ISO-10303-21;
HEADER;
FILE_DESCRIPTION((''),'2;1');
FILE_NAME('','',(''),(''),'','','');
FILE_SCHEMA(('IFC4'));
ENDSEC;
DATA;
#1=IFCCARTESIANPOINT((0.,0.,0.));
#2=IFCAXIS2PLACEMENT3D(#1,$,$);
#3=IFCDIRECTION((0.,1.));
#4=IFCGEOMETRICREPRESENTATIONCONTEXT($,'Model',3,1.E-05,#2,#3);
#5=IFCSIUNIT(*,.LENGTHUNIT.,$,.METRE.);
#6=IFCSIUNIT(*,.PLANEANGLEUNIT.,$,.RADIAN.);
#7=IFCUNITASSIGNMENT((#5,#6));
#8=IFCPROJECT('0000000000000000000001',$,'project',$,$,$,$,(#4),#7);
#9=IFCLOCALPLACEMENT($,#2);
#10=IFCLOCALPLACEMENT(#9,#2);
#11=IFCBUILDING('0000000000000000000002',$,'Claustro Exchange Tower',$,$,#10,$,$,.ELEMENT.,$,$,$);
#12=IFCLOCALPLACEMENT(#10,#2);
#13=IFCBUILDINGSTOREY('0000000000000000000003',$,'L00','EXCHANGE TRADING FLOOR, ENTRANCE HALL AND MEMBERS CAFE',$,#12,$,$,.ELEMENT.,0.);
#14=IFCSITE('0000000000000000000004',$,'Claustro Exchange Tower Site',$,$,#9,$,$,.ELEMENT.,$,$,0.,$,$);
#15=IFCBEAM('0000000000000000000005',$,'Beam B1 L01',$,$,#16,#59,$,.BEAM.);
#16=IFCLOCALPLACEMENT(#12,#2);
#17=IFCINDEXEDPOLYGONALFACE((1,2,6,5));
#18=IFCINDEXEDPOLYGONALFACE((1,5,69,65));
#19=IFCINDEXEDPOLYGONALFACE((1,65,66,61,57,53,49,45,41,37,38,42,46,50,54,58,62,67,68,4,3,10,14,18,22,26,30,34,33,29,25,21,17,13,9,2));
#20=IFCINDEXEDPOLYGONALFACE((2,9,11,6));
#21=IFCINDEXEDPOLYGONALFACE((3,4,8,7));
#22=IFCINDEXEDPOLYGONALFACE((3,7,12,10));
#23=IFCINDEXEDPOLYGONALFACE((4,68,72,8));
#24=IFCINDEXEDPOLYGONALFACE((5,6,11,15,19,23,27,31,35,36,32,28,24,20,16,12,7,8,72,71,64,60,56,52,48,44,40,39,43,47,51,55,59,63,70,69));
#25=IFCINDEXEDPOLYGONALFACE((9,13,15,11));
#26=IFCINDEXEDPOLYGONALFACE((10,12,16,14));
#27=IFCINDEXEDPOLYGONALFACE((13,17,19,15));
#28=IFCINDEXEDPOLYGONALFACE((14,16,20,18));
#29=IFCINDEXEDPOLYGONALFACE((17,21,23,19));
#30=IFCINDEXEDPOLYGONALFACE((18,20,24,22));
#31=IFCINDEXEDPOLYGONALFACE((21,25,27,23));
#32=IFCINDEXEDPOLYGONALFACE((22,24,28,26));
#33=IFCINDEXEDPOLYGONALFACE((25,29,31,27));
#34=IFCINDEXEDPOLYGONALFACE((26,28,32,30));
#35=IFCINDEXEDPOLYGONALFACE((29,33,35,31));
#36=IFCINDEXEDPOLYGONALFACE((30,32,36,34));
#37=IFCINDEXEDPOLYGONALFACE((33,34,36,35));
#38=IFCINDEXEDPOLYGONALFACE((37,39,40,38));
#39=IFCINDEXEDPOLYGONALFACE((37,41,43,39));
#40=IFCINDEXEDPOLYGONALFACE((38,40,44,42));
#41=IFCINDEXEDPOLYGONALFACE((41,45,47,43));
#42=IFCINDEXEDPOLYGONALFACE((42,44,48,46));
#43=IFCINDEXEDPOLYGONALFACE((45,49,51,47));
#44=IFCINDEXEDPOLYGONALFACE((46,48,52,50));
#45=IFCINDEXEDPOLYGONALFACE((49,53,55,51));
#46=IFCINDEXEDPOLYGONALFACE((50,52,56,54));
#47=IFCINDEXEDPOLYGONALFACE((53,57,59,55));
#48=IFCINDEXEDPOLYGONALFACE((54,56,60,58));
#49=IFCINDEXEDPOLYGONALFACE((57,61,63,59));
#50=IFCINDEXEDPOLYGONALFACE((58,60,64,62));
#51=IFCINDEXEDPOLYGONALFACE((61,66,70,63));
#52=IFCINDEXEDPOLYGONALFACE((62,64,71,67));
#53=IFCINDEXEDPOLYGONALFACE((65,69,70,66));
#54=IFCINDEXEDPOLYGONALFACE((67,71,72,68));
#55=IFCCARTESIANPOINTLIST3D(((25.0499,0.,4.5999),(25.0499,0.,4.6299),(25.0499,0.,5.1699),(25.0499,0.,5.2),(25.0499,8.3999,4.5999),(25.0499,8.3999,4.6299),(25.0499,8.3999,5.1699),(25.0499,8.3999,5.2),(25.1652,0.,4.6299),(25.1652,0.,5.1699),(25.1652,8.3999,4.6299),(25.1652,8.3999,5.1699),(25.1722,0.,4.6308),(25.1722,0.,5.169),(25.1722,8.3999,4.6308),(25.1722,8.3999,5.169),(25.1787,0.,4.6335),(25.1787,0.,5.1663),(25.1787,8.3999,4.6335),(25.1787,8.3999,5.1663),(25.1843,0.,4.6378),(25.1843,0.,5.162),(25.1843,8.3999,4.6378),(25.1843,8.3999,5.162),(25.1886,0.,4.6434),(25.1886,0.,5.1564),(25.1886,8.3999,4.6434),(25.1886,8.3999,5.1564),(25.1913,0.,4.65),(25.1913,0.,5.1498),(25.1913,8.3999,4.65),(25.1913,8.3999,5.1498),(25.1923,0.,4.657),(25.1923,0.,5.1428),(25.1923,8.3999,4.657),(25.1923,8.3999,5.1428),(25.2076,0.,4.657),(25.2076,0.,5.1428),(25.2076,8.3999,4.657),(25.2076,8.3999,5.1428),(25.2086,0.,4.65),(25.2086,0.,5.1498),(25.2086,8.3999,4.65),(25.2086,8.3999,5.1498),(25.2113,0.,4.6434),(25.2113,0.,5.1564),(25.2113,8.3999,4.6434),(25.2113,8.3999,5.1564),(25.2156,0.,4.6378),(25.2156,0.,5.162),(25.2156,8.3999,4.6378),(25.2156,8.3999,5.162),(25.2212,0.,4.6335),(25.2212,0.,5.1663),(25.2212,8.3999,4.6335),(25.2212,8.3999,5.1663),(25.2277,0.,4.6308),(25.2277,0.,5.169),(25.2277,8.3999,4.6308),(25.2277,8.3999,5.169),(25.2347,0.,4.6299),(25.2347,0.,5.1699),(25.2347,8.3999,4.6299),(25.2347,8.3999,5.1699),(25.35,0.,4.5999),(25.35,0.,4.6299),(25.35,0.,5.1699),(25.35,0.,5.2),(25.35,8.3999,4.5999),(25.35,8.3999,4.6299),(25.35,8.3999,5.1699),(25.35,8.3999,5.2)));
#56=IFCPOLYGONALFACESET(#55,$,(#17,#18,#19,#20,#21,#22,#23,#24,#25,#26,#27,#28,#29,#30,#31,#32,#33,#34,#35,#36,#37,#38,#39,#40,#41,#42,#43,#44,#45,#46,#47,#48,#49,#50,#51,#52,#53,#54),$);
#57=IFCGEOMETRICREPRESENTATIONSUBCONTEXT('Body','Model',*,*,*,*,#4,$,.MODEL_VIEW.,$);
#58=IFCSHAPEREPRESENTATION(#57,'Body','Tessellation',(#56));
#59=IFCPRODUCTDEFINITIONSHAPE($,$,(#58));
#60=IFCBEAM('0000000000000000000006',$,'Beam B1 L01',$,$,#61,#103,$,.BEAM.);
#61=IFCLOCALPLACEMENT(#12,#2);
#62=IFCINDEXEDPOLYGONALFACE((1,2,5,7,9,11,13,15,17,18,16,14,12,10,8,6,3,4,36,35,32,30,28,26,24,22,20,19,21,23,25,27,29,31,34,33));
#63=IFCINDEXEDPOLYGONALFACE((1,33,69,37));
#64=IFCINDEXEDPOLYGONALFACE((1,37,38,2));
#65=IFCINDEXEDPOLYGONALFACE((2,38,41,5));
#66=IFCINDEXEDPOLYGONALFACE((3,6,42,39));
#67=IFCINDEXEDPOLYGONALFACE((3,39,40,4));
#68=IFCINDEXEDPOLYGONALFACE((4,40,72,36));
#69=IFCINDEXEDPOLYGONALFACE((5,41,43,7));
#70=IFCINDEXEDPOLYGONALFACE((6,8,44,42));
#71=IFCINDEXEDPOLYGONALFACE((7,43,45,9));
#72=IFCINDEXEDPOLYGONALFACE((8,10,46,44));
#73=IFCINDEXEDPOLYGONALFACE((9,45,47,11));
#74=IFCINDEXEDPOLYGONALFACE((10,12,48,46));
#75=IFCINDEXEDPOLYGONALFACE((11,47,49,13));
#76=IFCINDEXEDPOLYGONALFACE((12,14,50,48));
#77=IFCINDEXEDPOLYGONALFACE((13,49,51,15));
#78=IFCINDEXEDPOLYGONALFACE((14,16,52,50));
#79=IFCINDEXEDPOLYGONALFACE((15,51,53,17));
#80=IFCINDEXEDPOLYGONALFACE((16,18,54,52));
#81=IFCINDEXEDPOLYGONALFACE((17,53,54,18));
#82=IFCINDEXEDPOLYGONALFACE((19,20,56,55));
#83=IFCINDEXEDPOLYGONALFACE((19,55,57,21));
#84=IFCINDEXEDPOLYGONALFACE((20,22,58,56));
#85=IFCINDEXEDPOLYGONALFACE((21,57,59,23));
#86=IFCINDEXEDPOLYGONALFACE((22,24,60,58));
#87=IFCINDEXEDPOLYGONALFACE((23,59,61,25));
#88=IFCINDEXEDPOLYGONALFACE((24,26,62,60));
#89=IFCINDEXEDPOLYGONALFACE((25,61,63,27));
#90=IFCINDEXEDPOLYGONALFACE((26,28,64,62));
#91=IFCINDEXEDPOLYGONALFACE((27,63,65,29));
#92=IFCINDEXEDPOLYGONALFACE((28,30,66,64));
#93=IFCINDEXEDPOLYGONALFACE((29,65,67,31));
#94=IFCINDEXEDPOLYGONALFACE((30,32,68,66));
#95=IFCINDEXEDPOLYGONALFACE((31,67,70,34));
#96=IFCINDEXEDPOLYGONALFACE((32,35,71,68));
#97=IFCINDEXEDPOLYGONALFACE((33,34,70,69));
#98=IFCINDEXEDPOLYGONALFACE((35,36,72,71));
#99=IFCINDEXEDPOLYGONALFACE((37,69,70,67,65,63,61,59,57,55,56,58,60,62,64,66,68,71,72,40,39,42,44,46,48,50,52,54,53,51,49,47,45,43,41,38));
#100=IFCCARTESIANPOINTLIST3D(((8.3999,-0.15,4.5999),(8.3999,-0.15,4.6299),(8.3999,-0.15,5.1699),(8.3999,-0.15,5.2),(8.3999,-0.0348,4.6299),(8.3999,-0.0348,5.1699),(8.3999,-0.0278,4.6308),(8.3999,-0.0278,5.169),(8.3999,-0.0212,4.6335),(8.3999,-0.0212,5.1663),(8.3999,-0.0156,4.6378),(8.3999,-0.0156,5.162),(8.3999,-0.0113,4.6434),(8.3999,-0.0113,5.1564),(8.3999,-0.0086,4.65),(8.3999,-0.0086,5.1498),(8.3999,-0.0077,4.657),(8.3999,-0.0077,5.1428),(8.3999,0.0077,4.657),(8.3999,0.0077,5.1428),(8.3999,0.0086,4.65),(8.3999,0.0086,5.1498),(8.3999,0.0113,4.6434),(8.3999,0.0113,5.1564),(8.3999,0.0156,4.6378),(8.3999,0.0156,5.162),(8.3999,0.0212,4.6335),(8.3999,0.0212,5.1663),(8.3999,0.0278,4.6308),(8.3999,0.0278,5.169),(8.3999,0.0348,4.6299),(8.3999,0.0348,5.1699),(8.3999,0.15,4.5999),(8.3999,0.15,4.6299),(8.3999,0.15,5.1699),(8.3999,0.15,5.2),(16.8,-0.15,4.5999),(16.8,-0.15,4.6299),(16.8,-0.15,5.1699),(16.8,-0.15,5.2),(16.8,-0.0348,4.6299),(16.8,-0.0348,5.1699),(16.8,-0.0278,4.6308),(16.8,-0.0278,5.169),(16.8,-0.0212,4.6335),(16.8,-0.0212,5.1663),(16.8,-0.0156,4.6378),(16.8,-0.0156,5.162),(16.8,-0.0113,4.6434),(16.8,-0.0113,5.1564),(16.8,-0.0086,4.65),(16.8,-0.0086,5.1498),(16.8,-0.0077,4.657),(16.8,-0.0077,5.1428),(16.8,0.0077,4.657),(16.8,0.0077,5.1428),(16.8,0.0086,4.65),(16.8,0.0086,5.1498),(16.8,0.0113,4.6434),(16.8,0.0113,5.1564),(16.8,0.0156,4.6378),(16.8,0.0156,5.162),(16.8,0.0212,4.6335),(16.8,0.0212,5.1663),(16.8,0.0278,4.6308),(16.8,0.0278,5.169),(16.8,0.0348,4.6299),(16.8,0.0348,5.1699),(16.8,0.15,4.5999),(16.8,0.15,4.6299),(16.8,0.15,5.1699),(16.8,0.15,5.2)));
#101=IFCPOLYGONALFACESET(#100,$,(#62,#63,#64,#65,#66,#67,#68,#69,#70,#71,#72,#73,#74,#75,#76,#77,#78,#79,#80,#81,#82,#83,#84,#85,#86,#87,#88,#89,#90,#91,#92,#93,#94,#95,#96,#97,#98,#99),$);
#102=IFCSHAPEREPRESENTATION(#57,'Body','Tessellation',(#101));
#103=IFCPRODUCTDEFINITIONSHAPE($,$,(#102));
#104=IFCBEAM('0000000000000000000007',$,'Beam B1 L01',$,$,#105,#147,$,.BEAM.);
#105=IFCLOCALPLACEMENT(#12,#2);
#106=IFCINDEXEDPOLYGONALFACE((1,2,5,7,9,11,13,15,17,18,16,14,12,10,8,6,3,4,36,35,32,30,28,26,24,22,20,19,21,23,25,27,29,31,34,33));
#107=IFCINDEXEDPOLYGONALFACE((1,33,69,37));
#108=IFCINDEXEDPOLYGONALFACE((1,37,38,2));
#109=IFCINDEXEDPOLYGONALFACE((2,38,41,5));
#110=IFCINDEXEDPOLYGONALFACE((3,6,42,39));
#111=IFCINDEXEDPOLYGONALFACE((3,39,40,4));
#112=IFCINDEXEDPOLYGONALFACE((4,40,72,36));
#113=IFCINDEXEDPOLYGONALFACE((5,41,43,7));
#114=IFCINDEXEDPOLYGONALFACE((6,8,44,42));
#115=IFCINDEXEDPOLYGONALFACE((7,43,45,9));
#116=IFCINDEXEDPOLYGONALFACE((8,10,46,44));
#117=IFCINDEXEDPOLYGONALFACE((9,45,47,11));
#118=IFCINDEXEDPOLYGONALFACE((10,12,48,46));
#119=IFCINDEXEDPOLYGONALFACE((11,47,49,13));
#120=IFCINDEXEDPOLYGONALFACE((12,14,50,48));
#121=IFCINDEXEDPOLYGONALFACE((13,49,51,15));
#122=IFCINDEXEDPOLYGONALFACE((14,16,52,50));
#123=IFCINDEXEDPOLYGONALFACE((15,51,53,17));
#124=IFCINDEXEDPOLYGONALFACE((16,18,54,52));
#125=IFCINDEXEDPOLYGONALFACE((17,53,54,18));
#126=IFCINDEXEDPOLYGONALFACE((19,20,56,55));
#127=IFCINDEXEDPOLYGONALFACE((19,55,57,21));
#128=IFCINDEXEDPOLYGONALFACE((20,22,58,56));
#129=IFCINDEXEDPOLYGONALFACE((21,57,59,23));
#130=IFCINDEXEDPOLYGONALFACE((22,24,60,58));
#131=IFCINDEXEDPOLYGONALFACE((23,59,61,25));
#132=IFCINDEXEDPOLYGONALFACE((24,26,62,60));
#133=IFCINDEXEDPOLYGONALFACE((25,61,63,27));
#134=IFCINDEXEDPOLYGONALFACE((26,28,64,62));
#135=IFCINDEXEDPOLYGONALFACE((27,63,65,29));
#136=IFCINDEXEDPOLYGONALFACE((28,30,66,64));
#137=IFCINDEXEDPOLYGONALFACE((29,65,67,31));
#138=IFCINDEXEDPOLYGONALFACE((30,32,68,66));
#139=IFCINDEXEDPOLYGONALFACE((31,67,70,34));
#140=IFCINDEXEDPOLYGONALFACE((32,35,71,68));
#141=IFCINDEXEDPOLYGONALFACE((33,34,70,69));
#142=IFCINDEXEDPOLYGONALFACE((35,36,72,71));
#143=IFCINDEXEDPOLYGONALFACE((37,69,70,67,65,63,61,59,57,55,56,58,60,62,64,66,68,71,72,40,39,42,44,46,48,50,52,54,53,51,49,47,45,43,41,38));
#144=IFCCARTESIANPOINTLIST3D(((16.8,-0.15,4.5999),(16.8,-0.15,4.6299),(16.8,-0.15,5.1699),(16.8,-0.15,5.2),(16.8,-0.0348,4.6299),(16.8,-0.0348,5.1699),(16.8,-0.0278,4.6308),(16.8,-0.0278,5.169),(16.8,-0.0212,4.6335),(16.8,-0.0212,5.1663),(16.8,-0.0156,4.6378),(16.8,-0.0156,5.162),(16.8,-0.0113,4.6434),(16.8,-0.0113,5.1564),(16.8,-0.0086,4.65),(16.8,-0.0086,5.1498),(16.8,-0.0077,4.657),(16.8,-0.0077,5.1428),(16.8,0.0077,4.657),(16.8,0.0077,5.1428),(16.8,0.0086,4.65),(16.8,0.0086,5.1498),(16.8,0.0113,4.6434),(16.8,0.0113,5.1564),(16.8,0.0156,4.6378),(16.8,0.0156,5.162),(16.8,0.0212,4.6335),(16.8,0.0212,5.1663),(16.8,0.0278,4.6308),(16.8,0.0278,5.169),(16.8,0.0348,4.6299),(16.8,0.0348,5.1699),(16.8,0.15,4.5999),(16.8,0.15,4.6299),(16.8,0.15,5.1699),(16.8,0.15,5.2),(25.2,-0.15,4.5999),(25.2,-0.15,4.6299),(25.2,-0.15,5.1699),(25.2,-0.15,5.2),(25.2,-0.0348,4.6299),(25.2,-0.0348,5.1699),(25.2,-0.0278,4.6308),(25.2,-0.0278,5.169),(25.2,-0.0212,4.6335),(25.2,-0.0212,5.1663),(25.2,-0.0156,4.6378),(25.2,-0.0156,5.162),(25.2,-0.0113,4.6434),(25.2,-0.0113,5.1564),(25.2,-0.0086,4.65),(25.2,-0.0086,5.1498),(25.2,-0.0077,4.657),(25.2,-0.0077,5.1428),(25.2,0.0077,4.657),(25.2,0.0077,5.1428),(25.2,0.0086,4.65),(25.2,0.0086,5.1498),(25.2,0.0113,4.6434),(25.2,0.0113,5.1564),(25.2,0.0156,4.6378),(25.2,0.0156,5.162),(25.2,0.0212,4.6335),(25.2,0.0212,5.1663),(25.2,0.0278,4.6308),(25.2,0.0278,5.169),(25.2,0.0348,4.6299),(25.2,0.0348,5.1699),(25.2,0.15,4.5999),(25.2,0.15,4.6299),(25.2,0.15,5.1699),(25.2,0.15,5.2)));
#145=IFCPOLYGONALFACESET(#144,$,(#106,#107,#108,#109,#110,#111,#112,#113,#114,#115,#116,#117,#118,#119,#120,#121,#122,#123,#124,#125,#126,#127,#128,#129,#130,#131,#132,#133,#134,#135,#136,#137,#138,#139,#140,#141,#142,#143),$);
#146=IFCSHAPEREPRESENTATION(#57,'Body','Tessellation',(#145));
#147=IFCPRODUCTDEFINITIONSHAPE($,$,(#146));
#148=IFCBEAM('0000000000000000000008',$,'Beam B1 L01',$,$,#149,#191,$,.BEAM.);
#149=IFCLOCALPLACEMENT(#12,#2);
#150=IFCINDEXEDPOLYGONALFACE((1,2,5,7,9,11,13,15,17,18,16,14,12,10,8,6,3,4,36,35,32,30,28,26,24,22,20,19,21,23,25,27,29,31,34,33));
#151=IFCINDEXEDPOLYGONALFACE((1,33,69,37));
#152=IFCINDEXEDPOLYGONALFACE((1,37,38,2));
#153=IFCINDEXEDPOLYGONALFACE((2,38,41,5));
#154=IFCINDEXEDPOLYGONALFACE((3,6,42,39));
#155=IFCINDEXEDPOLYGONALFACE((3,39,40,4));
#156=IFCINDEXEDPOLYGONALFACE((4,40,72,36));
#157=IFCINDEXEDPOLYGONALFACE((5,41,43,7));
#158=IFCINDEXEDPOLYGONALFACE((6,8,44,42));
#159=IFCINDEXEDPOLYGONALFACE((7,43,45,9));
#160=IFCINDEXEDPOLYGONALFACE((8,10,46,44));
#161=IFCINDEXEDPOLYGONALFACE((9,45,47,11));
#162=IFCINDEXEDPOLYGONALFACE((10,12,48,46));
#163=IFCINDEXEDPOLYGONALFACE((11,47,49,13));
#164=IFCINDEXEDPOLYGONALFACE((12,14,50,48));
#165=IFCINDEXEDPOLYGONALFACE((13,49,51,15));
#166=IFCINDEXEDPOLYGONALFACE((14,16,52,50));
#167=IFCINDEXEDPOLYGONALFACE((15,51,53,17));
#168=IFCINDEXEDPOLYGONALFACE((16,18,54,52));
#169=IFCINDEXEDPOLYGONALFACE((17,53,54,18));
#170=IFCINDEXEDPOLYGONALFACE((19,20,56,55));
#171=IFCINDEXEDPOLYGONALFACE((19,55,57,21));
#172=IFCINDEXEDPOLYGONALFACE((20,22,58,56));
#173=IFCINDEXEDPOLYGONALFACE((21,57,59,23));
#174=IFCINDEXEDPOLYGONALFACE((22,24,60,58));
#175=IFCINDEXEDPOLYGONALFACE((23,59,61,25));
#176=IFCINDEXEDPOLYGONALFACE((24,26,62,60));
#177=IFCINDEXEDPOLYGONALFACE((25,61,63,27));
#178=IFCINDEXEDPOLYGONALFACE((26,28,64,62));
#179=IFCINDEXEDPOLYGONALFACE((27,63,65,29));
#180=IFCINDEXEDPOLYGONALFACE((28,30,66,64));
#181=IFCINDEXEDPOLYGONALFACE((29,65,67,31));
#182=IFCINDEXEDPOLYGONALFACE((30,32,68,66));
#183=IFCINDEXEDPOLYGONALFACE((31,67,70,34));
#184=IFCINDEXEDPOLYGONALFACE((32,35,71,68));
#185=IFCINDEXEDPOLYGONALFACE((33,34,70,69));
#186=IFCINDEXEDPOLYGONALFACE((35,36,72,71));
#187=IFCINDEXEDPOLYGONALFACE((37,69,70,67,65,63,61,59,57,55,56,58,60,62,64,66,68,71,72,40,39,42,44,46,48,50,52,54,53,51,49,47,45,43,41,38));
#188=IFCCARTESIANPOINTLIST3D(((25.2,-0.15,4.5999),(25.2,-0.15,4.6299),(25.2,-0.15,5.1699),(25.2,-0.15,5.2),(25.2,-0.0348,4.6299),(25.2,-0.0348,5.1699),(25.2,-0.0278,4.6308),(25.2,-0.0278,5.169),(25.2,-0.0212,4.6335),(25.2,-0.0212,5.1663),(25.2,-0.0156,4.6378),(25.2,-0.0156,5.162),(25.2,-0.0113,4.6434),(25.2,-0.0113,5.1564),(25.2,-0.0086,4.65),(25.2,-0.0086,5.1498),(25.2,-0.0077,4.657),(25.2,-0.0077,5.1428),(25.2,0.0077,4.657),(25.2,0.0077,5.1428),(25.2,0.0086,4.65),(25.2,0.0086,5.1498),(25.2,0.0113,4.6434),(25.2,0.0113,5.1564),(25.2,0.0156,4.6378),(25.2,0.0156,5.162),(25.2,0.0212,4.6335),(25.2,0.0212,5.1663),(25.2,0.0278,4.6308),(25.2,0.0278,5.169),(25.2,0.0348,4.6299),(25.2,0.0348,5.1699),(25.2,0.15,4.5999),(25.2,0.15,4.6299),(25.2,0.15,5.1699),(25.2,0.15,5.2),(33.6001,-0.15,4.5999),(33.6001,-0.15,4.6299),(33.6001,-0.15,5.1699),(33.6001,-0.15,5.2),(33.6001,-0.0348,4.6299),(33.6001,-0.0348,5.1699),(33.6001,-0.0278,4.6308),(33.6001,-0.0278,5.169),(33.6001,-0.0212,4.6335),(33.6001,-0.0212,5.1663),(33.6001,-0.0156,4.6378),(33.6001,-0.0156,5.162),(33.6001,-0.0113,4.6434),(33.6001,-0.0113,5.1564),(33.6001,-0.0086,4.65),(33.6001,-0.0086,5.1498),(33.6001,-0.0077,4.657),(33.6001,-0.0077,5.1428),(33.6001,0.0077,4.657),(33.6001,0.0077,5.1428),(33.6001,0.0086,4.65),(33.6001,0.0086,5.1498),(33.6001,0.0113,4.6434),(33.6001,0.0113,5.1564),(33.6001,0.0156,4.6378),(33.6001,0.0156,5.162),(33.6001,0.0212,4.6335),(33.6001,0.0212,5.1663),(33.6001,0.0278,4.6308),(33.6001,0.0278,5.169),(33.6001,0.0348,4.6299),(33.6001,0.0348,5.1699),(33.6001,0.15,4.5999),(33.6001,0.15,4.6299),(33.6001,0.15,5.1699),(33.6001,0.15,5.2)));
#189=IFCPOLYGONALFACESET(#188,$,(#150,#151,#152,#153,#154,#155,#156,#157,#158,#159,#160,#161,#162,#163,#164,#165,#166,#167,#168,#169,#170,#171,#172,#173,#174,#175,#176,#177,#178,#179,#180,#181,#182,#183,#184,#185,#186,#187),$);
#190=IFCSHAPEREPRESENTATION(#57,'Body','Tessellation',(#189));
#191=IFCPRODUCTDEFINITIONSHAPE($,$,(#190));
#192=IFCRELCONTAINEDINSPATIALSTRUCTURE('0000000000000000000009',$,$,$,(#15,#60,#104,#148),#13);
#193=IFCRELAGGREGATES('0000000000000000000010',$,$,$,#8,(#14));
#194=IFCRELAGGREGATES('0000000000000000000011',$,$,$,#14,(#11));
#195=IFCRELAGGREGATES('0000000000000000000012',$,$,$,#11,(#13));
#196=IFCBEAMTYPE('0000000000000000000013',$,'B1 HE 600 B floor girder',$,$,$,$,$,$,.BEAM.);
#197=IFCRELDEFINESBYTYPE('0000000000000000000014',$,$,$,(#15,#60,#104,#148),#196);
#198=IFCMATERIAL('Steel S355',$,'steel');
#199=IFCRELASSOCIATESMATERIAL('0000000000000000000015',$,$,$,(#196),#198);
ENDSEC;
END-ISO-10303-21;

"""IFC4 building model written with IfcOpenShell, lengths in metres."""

from ifc_helpers import new_model, si_unit, direction, frame, origin, origin_2d, place, context, subcontext, project, spatial, i_section, extrude, material, material_profile, profile_set, type_object, element, save


model = new_model("IFC4")

# Units and contexts
model_context = context("Model", 3, precision=1e-05, world=origin(), true_north=direction((0.0, 1.0)))
body_context = subcontext(model_context, "Body", "Model", "MODEL_VIEW")
ifc_project = project(units=[si_unit("LENGTHUNIT", "METRE"), si_unit("PLANEANGLEUNIT", "RADIAN")], contexts=[model_context])

# Site, building, storey
site_placement = place(None, origin())
site = spatial("IfcSite", under=ifc_project, at=site_placement, Name="Claustro Exchange Tower Site", CompositionType="ELEMENT", RefElevation=0.0)
building_placement = place(site_placement, origin())
building = spatial("IfcBuilding", under=site, at=building_placement, Name="Claustro Exchange Tower", CompositionType="ELEMENT")
storey_placement = place(building_placement, origin())
storey = spatial("IfcBuildingStorey", under=building, at=storey_placement, Name="L00", Description="EXCHANGE TRADING FLOOR, ENTRANCE HALL AND MEMBERS CAFE", CompositionType="ELEMENT", Elevation=0.0)

# Beams
ifc_material_1 = material(Name="Steel S355", Category="steel")
ifc_material_profile_1 = material_profile(ifc_material_1, i_section(OverallWidth=0.3, OverallDepth=0.6001, WebThickness=0.0154, FlangeThickness=0.03, FilletRadius=0.0271, at=origin_2d()), Name="HE 600 B")
ifc_profile_set_1 = profile_set([ifc_material_profile_1], Name="Steel S355")
beam_type_1 = type_object("IfcBeamType", Name="B1 HE 600 B floor girder", PredefinedType="BEAM", material=ifc_profile_set_1)
for number, where, z_axis, x_axis, name in (
    (1, (25.2, 0.0, 4.8999), (0.0, 1.0, 0.0), (-1.0, 0.0, 0.0), "Beam B1 L01"),
):
    element("IfcBeam", number, at=place(storey_placement, frame(where, z_axis=z_axis, x_axis=x_axis)), inside=storey, type_object=beam_type_1, Name=name, PredefinedType="BEAM", context=body_context, shape_type="SweptSolid", body=[
        extrude(i_section(OverallWidth=0.3, OverallDepth=0.6001, WebThickness=0.0154, FlangeThickness=0.03, FilletRadius=0.0271, at=origin_2d()), origin(), (0.0, 0.0, 1.0), 8.3999),
    ])
beam_1_placement = place(storey_placement, frame((8.3999, 0.0, 4.8999), z_axis=(1.0, 0.0, 0.0), x_axis=(0.0, 1.0, 0.0)))
element("IfcBeam", 2, at=beam_1_placement, inside=storey, type_object=beam_type_1, Name="Beam B1 L01", PredefinedType="BEAM", context=body_context, shape_type="SweptSolid", body=[
    extrude(i_section(OverallWidth=0.3, OverallDepth=0.6001, WebThickness=0.0154, FlangeThickness=0.03, FilletRadius=0.0271, at=origin_2d()), origin(), (0.0, 0.0, 1.0), 8.4001),
])
beam_2_placement = place(storey_placement, frame((16.8, 0.0, 4.8999), z_axis=(1.0, 0.0, 0.0), x_axis=(0.0, 1.0, 0.0)))
element("IfcBeam", 3, at=beam_2_placement, inside=storey, type_object=beam_type_1, Name="Beam B1 L01", PredefinedType="BEAM", context=body_context, shape_type="SweptSolid", body=[
    extrude(i_section(OverallWidth=0.3, OverallDepth=0.6001, WebThickness=0.0154, FlangeThickness=0.03, FilletRadius=0.0271, at=origin_2d()), origin(), (0.0, 0.0, 1.0), 8.3999),
])
beam_3_placement = place(storey_placement, frame((25.2, 0.0, 4.8999), z_axis=(1.0, 0.0, 0.0), x_axis=(0.0, 1.0, 0.0)))
element("IfcBeam", 4, at=beam_3_placement, inside=storey, type_object=beam_type_1, Name="Beam B1 L01", PredefinedType="BEAM", context=body_context, shape_type="SweptSolid", body=[
    extrude(i_section(OverallWidth=0.3, OverallDepth=0.6001, WebThickness=0.0154, FlangeThickness=0.03, FilletRadius=0.0271, at=origin_2d()), origin(), (0.0, 0.0, 1.0), 8.4001),
])

save(model, "model.ifc")
